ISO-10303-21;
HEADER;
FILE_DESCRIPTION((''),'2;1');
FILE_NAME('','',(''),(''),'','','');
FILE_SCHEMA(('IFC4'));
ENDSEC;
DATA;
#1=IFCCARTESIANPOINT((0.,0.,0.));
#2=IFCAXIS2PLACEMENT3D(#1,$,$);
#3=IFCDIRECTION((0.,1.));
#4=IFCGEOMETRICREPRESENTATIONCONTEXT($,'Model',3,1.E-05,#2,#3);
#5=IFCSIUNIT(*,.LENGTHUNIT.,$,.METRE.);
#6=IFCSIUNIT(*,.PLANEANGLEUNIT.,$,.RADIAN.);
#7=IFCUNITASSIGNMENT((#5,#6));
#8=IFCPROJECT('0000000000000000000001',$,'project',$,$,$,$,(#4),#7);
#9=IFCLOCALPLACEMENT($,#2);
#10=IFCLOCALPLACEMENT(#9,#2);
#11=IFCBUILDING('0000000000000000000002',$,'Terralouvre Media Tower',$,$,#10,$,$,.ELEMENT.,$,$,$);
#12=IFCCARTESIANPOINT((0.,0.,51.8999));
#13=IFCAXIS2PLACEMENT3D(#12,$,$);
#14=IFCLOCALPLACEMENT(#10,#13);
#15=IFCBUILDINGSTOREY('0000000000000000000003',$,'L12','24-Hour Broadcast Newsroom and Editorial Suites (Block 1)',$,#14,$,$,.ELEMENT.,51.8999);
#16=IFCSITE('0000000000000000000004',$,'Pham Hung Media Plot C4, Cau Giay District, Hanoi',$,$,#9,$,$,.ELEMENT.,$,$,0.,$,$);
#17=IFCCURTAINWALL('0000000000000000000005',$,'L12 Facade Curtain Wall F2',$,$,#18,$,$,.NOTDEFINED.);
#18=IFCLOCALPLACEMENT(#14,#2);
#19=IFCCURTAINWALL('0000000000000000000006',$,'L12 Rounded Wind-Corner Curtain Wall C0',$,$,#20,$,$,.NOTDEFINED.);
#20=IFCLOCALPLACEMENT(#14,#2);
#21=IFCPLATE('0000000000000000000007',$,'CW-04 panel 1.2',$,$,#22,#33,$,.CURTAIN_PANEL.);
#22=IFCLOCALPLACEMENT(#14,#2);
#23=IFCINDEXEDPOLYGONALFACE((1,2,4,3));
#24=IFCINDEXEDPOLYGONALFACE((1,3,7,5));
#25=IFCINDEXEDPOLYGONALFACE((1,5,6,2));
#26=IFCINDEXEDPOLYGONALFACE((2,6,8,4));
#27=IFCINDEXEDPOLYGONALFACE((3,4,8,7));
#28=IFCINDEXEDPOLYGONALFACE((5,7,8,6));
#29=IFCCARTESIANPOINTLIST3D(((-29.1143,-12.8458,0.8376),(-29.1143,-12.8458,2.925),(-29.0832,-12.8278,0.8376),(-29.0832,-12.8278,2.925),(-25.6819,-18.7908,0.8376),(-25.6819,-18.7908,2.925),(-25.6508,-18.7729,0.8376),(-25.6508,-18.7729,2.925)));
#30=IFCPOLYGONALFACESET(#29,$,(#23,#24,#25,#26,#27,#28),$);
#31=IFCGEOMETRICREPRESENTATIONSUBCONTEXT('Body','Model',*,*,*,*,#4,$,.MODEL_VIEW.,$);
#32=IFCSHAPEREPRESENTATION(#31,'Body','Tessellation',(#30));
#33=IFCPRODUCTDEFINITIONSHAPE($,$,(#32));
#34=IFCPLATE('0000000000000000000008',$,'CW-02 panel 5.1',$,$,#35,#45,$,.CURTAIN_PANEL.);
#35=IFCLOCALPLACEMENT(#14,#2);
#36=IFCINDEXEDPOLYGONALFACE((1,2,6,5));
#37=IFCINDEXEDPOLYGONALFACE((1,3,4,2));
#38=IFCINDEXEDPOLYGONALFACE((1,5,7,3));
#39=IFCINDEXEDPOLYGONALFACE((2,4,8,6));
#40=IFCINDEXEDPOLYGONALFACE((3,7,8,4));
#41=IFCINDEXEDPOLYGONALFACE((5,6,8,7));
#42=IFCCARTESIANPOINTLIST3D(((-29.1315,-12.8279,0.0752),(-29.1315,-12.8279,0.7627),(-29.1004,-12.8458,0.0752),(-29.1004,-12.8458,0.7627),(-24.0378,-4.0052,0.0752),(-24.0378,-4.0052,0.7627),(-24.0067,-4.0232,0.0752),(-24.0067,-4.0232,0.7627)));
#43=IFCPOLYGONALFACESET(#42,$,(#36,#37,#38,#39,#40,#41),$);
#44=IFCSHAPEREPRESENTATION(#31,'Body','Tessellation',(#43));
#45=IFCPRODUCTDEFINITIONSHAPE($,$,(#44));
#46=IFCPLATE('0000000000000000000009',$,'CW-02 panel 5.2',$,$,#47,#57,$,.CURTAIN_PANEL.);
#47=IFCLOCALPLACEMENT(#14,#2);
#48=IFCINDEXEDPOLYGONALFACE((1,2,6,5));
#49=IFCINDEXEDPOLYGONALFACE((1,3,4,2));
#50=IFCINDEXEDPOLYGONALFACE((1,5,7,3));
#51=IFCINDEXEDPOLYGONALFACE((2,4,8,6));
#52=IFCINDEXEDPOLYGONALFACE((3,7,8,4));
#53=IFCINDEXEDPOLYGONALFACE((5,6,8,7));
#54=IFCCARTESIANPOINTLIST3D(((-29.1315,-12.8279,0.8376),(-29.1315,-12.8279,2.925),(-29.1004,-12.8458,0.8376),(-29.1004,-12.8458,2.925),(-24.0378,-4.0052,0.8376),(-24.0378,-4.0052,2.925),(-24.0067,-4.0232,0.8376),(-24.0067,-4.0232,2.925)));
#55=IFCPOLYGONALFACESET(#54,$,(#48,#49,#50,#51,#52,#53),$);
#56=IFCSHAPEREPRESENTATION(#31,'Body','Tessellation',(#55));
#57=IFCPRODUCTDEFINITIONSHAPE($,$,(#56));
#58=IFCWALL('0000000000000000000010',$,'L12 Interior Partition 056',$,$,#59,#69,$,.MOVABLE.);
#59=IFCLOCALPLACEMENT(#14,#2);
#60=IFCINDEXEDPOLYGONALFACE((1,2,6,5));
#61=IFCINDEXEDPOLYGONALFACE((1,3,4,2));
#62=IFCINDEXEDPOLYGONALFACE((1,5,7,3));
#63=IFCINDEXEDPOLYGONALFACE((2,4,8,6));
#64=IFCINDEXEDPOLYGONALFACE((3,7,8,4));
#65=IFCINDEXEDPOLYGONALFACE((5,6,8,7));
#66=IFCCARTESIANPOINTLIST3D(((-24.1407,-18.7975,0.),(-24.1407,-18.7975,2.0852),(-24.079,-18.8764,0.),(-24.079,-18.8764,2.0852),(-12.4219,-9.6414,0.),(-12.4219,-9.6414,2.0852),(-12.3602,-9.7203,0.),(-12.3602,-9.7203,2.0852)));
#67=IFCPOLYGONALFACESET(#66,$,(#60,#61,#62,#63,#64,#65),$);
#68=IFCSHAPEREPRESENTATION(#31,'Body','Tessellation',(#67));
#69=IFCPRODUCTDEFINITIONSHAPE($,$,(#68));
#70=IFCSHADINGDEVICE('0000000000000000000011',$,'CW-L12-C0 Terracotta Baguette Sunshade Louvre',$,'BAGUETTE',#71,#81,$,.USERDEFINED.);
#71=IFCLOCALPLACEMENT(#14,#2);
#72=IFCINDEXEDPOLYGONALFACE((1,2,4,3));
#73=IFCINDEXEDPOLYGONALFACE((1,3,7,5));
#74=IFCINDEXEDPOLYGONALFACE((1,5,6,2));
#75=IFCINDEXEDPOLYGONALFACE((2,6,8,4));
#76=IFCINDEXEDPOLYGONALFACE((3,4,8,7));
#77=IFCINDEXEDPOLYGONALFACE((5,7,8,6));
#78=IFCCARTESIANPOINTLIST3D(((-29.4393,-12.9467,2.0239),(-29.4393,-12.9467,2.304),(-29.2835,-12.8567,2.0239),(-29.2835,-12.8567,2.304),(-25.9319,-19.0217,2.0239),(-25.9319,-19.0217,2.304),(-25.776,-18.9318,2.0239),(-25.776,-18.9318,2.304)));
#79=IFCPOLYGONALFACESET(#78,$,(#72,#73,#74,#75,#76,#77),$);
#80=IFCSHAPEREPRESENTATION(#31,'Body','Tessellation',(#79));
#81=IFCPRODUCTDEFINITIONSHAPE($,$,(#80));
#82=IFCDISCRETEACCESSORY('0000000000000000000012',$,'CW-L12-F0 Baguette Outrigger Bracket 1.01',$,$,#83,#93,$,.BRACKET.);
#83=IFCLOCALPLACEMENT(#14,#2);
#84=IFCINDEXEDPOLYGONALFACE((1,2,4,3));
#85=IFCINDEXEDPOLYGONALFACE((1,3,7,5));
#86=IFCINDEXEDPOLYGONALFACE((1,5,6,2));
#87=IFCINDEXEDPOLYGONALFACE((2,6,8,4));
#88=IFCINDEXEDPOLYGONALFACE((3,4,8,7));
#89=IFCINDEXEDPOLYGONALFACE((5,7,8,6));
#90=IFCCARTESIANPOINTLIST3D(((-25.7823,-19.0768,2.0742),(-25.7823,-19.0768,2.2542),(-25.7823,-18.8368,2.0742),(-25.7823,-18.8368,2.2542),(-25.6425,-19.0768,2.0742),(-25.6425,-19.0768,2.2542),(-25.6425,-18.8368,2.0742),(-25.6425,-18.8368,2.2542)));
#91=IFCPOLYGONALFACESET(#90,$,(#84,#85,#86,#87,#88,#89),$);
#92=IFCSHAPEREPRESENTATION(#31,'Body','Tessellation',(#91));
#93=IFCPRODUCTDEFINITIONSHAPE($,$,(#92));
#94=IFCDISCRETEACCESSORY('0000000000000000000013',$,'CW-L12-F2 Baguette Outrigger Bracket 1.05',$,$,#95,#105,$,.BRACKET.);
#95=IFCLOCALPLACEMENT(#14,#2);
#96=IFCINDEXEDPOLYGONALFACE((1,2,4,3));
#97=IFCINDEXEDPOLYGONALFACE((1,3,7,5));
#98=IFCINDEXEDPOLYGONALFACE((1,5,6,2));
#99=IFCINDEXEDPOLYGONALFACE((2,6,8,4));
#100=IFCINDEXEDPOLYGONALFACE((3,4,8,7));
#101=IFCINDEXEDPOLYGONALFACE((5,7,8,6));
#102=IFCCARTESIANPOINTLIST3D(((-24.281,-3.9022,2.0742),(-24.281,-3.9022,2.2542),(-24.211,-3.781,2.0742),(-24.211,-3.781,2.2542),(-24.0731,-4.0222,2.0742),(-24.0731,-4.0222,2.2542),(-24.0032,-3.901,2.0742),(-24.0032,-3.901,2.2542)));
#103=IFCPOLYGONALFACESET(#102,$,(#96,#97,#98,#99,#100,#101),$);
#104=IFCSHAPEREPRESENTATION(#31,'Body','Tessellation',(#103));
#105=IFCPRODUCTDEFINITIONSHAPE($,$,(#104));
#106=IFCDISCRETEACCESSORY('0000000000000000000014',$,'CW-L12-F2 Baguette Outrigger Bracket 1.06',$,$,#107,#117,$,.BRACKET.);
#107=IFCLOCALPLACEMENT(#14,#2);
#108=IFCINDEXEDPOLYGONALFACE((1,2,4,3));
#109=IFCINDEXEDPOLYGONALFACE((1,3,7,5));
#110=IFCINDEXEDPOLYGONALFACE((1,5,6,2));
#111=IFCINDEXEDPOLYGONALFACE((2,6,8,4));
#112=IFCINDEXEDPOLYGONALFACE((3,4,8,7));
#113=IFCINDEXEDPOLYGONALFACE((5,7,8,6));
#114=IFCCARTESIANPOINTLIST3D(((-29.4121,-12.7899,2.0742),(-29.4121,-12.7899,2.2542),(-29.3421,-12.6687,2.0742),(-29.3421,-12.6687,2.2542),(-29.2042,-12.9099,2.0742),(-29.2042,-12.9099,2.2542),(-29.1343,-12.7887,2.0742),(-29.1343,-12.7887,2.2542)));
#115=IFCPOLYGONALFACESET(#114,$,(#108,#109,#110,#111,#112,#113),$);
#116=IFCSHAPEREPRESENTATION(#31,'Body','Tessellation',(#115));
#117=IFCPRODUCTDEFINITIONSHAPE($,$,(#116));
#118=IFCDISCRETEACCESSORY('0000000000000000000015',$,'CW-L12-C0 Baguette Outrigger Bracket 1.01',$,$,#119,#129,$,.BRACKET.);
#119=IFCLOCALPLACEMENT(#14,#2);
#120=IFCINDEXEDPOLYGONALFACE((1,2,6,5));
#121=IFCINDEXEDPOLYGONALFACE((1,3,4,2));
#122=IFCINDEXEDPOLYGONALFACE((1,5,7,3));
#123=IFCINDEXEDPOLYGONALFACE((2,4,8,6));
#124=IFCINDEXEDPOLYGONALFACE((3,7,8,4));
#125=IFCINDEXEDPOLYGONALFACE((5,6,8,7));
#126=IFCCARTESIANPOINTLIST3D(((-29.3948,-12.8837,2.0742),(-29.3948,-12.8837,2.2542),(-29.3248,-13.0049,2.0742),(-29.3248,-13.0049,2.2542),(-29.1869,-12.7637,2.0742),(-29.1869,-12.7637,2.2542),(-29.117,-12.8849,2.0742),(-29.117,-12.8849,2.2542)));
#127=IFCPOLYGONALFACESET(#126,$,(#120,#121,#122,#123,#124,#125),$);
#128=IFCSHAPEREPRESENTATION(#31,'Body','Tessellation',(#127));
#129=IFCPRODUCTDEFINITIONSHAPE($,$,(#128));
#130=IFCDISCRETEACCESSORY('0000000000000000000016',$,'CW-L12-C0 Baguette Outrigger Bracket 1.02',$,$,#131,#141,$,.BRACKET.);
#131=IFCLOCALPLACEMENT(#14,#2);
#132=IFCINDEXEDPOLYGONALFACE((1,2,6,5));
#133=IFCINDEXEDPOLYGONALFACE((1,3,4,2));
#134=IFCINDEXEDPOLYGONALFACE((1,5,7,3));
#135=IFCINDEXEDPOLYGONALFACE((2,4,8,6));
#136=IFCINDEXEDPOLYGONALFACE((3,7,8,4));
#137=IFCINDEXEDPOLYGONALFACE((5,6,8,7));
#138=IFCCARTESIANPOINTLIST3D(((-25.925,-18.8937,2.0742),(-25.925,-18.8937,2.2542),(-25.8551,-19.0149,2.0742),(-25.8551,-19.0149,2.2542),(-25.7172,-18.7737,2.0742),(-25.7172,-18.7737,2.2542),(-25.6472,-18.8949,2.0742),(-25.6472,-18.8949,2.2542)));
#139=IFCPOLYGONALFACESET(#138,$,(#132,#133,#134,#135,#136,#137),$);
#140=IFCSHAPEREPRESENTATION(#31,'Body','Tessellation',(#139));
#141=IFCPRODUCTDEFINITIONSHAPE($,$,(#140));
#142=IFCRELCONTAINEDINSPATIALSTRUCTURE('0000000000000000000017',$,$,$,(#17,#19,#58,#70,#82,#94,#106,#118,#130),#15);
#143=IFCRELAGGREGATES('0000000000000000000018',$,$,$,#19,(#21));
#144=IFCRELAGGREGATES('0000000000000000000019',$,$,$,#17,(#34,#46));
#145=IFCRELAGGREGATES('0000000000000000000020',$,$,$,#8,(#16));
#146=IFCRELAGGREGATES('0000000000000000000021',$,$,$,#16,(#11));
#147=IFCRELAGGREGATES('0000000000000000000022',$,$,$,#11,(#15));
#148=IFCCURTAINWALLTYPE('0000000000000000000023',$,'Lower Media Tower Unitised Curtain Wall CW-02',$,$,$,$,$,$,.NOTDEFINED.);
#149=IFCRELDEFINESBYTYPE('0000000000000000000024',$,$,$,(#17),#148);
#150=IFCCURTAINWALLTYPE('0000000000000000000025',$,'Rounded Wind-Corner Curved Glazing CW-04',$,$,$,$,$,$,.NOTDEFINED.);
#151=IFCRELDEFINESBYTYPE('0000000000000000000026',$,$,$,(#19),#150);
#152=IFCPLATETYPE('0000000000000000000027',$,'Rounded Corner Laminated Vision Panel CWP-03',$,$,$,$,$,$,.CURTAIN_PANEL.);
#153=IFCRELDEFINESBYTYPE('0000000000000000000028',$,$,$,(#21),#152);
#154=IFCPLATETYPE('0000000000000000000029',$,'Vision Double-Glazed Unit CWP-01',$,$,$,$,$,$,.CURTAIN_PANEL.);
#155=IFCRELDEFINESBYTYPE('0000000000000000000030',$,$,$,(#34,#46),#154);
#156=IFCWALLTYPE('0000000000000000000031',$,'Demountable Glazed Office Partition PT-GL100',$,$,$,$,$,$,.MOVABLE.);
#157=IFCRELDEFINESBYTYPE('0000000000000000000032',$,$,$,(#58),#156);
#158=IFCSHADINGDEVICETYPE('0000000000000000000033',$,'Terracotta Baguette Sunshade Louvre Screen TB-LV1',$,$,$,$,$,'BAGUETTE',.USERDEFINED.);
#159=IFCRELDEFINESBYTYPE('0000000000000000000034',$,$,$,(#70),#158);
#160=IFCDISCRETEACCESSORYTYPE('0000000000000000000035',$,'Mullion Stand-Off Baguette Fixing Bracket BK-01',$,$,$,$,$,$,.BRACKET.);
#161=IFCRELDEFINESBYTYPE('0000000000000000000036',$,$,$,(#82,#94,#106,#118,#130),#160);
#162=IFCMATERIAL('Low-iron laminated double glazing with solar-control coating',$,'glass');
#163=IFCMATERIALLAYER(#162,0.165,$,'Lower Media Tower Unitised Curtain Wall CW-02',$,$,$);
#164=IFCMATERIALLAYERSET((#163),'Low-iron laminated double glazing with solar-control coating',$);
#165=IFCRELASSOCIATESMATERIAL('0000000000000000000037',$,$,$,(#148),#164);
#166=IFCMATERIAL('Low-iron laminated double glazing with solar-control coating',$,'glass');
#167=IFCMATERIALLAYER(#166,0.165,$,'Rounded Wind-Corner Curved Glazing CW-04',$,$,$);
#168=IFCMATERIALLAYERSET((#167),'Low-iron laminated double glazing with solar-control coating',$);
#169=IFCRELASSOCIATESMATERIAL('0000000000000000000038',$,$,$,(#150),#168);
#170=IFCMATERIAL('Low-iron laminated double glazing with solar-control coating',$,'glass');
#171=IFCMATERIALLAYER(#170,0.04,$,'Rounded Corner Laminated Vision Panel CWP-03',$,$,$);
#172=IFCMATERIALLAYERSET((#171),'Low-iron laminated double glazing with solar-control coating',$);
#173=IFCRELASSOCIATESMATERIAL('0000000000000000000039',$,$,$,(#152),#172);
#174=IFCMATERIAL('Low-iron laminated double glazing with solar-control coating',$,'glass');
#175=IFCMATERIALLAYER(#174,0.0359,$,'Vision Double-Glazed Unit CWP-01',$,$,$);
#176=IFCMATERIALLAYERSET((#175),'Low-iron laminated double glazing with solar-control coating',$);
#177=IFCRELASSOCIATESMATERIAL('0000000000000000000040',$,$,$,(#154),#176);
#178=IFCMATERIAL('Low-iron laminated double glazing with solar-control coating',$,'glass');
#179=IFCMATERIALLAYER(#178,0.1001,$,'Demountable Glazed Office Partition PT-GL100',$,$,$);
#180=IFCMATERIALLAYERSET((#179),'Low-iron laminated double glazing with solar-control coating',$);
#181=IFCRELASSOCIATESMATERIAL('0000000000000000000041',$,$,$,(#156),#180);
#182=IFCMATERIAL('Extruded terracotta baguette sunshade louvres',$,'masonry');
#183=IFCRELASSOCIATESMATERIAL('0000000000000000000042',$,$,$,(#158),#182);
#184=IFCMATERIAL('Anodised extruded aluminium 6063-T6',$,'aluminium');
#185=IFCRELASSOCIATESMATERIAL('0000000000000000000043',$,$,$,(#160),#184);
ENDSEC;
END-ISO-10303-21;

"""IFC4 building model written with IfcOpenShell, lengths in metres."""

from ifc_helpers import new_model, si_unit, direction, frame, frame_2d, origin, origin_2d, place, context, subcontext, project, spatial, rectangle, extrude, material, layer, layer_set, type_object, element, aggregate, save


model = new_model("IFC4")

# Units and contexts
model_context = context("Model", 3, precision=1e-05, world=origin(), true_north=direction((0.0, 1.0)))
body_context = subcontext(model_context, "Body", "Model", "MODEL_VIEW")
ifc_project = project(units=[si_unit("LENGTHUNIT", "METRE"), si_unit("PLANEANGLEUNIT", "RADIAN")], contexts=[model_context])

# Site, building, storey
site_placement = place(None, origin())
site = spatial("IfcSite", under=ifc_project, at=site_placement, Name="Pham Hung Media Plot C4, Cau Giay District, Hanoi", CompositionType="ELEMENT", RefElevation=0.0)
building_placement = place(site_placement, origin())
building = spatial("IfcBuilding", under=site, at=building_placement, Name="Terralouvre Media Tower", CompositionType="ELEMENT")
storey_placement = place(building_placement, frame((0.0, 0.0, 51.8999)))
storey = spatial("IfcBuildingStorey", under=building, at=storey_placement, Name="L12", Description="24-Hour Broadcast Newsroom and Editorial Suites (Block 1)", CompositionType="ELEMENT", Elevation=51.8999)

# Curtain walls
ifc_material_1 = material(Name="Low-iron laminated double glazing with solar-control coating", Category="glass")
ifc_layer_1 = layer(ifc_material_1, 0.165, Name="Lower Media Tower Unitised Curtain Wall CW-02")
ifc_layer_set_1 = layer_set([ifc_layer_1], Name="Low-iron laminated double glazing with solar-control coating")
curtain_wall_type_1 = type_object("IfcCurtainWallType", Name="Lower Media Tower Unitised Curtain Wall CW-02", PredefinedType="NOTDEFINED", material=ifc_layer_set_1)
curtain_wall_1_placement = place(storey_placement, origin())
curtain_wall_1 = element("IfcCurtainWall", 1, at=curtain_wall_1_placement, inside=storey, type_object=curtain_wall_type_1, Name="L12 Facade Curtain Wall F2", PredefinedType="NOTDEFINED")
ifc_material_2 = material(Name="Low-iron laminated double glazing with solar-control coating", Category="glass")
ifc_layer_2 = layer(ifc_material_2, 0.165, Name="Rounded Wind-Corner Curved Glazing CW-04")
ifc_layer_set_2 = layer_set([ifc_layer_2], Name="Low-iron laminated double glazing with solar-control coating")
curtain_wall_type_2 = type_object("IfcCurtainWallType", Name="Rounded Wind-Corner Curved Glazing CW-04", PredefinedType="NOTDEFINED", material=ifc_layer_set_2)
curtain_wall_2_placement = place(storey_placement, origin())
curtain_wall_2 = element("IfcCurtainWall", 2, at=curtain_wall_2_placement, inside=storey, type_object=curtain_wall_type_2, Name="L12 Rounded Wind-Corner Curtain Wall C0", PredefinedType="NOTDEFINED")

# Plates
ifc_material_3 = material(Name="Low-iron laminated double glazing with solar-control coating", Category="glass")
ifc_layer_3 = layer(ifc_material_3, 0.04, Name="Rounded Corner Laminated Vision Panel CWP-03")
ifc_layer_set_3 = layer_set([ifc_layer_3], Name="Low-iron laminated double glazing with solar-control coating")
plate_type_1 = type_object("IfcPlateType", Name="Rounded Corner Laminated Vision Panel CWP-03", PredefinedType="CURTAIN_PANEL", material=ifc_layer_set_3)
plate_1_placement = place(storey_placement, frame((-27.3826, -15.8093, 0.8376), z_axis=(0.0, 0.0, 1.0), x_axis=(0.5, -0.866026, 0.0)))
plate_1 = element("IfcPlate", 3, at=plate_1_placement, type_object=plate_type_1, Name="CW-04 panel 1.2", PredefinedType="CURTAIN_PANEL", context=body_context, shape_type="SweptSolid", body=[
    extrude(rectangle(XDim=6.8647, YDim=0.0359, at=origin_2d()), origin(), (0.0, 0.0, 1.0), 2.0874),
])
aggregate(curtain_wall_2, [plate_1])
ifc_material_4 = material(Name="Low-iron laminated double glazing with solar-control coating", Category="glass")
ifc_layer_4 = layer(ifc_material_4, 0.0359, Name="Vision Double-Glazed Unit CWP-01")
ifc_layer_set_4 = layer_set([ifc_layer_4], Name="Low-iron laminated double glazing with solar-control coating")
plate_type_2 = type_object("IfcPlateType", Name="Vision Double-Glazed Unit CWP-01", PredefinedType="CURTAIN_PANEL", material=ifc_layer_set_4)
plate_2_placement = place(storey_placement, frame((-26.5691, -8.4255, 0.0752), z_axis=(0.0, 0.0, 1.0), x_axis=(-0.5, -0.866025, 0.0)))
plate_2 = element("IfcPlate", 4, at=plate_2_placement, type_object=plate_type_2, Name="CW-02 panel 5.1", PredefinedType="CURTAIN_PANEL", context=body_context, shape_type="SweptSolid", body=[
    extrude(rectangle(XDim=10.1875, YDim=0.0359, at=origin_2d()), origin(), (0.0, 0.0, 1.0), 0.6875),
])
plate_3_placement = place(storey_placement, frame((-26.5691, -8.4255, 0.8376), z_axis=(0.0, 0.0, 1.0), x_axis=(-0.5, -0.866025, 0.0)))
plate_3 = element("IfcPlate", 5, at=plate_3_placement, type_object=plate_type_2, Name="CW-02 panel 5.2", PredefinedType="CURTAIN_PANEL", context=body_context, shape_type="SweptSolid", body=[
    extrude(rectangle(XDim=10.1875, YDim=0.0359, at=origin_2d()), origin(), (0.0, 0.0, 1.0), 2.0874),
])
aggregate(curtain_wall_1, [plate_2, plate_3])

# Wall
ifc_material_5 = material(Name="Low-iron laminated double glazing with solar-control coating", Category="glass")
ifc_layer_5 = layer(ifc_material_5, 0.1001, Name="Demountable Glazed Office Partition PT-GL100")
ifc_layer_set_5 = layer_set([ifc_layer_5], Name="Low-iron laminated double glazing with solar-control coating")
wall_type = type_object("IfcWallType", Name="Demountable Glazed Office Partition PT-GL100", PredefinedType="MOVABLE", material=ifc_layer_set_5)
wall_placement = place(storey_placement, frame((-24.1099, -18.8369, 0.0), z_axis=(0.0, 0.0, 1.0), x_axis=(0.788, 0.615675, 0.0)))
element("IfcWall", 6, at=wall_placement, inside=storey, type_object=wall_type, Name="L12 Interior Partition 056", PredefinedType="MOVABLE", context=body_context, shape_type="SweptSolid", body=[
    extrude(rectangle(XDim=14.8716, YDim=0.1001, at=frame_2d((7.4358, 0.0))), origin(), (0.0, 0.0, 1.0), 2.0852),
])

# Shading device
ifc_material_6 = material(Name="Extruded terracotta baguette sunshade louvres", Category="masonry")
shading_device_type = type_object("IfcShadingDeviceType", Name="Terracotta Baguette Sunshade Louvre Screen TB-LV1", ElementType="BAGUETTE", PredefinedType="USERDEFINED", material=ifc_material_6)
shading_device_placement = place(storey_placement, frame((-27.6077, -15.9392, 2.0239), z_axis=(0.0, 0.0, 1.0), x_axis=(0.5, -0.866026, 0.0)))
element("IfcShadingDevice", 7, at=shading_device_placement, inside=storey, type_object=shading_device_type, Name="CW-L12-C0 Terracotta Baguette Sunshade Louvre", ObjectType="BAGUETTE", PredefinedType="USERDEFINED", context=body_context, shape_type="SweptSolid", body=[
    extrude(rectangle(XDim=7.0149, YDim=0.1799, at=origin_2d()), origin(), (0.0, 0.0, 1.0), 0.28),
])

# Discrete accessories
ifc_material_7 = material(Name="Anodised extruded aluminium 6063-T6", Category="aluminium")
discrete_accessory_type = type_object("IfcDiscreteAccessoryType", Name="Mullion Stand-Off Baguette Fixing Bracket BK-01", PredefinedType="BRACKET", material=ifc_material_7)
for number, where, z_axis, x_axis, name in (
    (8, (-25.7124, -18.9568, 2.0742), (0.0, 0.0, 1.0), (1.0, 0.0, 0.0), "CW-L12-F0 Baguette Outrigger Bracket 1.01"),
    (9, (-24.1421, -3.9016, 2.0742), (0.0, 0.0, 1.0), (-0.5, -0.866025, 0.0), "CW-L12-F2 Baguette Outrigger Bracket 1.05"),
    (10, (-29.2732, -12.7893, 2.0742), (0.0, 0.0, 1.0), (-0.5, -0.866025, 0.0), "CW-L12-F2 Baguette Outrigger Bracket 1.06"),
    (11, (-29.2559, -12.8843, 2.0742), (0.0, 0.0, 1.0), (0.5, -0.866026, 0.0), "CW-L12-C0 Baguette Outrigger Bracket 1.01"),
    (12, (-25.7861, -18.8943, 2.0742), (0.0, 0.0, 1.0), (0.5, -0.866026, 0.0), "CW-L12-C0 Baguette Outrigger Bracket 1.02"),
):
    element("IfcDiscreteAccessory", number, at=place(storey_placement, frame(where, z_axis=z_axis, x_axis=x_axis)), inside=storey, type_object=discrete_accessory_type, Name=name, PredefinedType="BRACKET", context=body_context, shape_type="SweptSolid", body=[
        extrude(rectangle(XDim=0.1399, YDim=0.24, at=origin_2d()), origin(), (0.0, 0.0, 1.0), 0.1799),
    ])

save(model, "model.ifc")
